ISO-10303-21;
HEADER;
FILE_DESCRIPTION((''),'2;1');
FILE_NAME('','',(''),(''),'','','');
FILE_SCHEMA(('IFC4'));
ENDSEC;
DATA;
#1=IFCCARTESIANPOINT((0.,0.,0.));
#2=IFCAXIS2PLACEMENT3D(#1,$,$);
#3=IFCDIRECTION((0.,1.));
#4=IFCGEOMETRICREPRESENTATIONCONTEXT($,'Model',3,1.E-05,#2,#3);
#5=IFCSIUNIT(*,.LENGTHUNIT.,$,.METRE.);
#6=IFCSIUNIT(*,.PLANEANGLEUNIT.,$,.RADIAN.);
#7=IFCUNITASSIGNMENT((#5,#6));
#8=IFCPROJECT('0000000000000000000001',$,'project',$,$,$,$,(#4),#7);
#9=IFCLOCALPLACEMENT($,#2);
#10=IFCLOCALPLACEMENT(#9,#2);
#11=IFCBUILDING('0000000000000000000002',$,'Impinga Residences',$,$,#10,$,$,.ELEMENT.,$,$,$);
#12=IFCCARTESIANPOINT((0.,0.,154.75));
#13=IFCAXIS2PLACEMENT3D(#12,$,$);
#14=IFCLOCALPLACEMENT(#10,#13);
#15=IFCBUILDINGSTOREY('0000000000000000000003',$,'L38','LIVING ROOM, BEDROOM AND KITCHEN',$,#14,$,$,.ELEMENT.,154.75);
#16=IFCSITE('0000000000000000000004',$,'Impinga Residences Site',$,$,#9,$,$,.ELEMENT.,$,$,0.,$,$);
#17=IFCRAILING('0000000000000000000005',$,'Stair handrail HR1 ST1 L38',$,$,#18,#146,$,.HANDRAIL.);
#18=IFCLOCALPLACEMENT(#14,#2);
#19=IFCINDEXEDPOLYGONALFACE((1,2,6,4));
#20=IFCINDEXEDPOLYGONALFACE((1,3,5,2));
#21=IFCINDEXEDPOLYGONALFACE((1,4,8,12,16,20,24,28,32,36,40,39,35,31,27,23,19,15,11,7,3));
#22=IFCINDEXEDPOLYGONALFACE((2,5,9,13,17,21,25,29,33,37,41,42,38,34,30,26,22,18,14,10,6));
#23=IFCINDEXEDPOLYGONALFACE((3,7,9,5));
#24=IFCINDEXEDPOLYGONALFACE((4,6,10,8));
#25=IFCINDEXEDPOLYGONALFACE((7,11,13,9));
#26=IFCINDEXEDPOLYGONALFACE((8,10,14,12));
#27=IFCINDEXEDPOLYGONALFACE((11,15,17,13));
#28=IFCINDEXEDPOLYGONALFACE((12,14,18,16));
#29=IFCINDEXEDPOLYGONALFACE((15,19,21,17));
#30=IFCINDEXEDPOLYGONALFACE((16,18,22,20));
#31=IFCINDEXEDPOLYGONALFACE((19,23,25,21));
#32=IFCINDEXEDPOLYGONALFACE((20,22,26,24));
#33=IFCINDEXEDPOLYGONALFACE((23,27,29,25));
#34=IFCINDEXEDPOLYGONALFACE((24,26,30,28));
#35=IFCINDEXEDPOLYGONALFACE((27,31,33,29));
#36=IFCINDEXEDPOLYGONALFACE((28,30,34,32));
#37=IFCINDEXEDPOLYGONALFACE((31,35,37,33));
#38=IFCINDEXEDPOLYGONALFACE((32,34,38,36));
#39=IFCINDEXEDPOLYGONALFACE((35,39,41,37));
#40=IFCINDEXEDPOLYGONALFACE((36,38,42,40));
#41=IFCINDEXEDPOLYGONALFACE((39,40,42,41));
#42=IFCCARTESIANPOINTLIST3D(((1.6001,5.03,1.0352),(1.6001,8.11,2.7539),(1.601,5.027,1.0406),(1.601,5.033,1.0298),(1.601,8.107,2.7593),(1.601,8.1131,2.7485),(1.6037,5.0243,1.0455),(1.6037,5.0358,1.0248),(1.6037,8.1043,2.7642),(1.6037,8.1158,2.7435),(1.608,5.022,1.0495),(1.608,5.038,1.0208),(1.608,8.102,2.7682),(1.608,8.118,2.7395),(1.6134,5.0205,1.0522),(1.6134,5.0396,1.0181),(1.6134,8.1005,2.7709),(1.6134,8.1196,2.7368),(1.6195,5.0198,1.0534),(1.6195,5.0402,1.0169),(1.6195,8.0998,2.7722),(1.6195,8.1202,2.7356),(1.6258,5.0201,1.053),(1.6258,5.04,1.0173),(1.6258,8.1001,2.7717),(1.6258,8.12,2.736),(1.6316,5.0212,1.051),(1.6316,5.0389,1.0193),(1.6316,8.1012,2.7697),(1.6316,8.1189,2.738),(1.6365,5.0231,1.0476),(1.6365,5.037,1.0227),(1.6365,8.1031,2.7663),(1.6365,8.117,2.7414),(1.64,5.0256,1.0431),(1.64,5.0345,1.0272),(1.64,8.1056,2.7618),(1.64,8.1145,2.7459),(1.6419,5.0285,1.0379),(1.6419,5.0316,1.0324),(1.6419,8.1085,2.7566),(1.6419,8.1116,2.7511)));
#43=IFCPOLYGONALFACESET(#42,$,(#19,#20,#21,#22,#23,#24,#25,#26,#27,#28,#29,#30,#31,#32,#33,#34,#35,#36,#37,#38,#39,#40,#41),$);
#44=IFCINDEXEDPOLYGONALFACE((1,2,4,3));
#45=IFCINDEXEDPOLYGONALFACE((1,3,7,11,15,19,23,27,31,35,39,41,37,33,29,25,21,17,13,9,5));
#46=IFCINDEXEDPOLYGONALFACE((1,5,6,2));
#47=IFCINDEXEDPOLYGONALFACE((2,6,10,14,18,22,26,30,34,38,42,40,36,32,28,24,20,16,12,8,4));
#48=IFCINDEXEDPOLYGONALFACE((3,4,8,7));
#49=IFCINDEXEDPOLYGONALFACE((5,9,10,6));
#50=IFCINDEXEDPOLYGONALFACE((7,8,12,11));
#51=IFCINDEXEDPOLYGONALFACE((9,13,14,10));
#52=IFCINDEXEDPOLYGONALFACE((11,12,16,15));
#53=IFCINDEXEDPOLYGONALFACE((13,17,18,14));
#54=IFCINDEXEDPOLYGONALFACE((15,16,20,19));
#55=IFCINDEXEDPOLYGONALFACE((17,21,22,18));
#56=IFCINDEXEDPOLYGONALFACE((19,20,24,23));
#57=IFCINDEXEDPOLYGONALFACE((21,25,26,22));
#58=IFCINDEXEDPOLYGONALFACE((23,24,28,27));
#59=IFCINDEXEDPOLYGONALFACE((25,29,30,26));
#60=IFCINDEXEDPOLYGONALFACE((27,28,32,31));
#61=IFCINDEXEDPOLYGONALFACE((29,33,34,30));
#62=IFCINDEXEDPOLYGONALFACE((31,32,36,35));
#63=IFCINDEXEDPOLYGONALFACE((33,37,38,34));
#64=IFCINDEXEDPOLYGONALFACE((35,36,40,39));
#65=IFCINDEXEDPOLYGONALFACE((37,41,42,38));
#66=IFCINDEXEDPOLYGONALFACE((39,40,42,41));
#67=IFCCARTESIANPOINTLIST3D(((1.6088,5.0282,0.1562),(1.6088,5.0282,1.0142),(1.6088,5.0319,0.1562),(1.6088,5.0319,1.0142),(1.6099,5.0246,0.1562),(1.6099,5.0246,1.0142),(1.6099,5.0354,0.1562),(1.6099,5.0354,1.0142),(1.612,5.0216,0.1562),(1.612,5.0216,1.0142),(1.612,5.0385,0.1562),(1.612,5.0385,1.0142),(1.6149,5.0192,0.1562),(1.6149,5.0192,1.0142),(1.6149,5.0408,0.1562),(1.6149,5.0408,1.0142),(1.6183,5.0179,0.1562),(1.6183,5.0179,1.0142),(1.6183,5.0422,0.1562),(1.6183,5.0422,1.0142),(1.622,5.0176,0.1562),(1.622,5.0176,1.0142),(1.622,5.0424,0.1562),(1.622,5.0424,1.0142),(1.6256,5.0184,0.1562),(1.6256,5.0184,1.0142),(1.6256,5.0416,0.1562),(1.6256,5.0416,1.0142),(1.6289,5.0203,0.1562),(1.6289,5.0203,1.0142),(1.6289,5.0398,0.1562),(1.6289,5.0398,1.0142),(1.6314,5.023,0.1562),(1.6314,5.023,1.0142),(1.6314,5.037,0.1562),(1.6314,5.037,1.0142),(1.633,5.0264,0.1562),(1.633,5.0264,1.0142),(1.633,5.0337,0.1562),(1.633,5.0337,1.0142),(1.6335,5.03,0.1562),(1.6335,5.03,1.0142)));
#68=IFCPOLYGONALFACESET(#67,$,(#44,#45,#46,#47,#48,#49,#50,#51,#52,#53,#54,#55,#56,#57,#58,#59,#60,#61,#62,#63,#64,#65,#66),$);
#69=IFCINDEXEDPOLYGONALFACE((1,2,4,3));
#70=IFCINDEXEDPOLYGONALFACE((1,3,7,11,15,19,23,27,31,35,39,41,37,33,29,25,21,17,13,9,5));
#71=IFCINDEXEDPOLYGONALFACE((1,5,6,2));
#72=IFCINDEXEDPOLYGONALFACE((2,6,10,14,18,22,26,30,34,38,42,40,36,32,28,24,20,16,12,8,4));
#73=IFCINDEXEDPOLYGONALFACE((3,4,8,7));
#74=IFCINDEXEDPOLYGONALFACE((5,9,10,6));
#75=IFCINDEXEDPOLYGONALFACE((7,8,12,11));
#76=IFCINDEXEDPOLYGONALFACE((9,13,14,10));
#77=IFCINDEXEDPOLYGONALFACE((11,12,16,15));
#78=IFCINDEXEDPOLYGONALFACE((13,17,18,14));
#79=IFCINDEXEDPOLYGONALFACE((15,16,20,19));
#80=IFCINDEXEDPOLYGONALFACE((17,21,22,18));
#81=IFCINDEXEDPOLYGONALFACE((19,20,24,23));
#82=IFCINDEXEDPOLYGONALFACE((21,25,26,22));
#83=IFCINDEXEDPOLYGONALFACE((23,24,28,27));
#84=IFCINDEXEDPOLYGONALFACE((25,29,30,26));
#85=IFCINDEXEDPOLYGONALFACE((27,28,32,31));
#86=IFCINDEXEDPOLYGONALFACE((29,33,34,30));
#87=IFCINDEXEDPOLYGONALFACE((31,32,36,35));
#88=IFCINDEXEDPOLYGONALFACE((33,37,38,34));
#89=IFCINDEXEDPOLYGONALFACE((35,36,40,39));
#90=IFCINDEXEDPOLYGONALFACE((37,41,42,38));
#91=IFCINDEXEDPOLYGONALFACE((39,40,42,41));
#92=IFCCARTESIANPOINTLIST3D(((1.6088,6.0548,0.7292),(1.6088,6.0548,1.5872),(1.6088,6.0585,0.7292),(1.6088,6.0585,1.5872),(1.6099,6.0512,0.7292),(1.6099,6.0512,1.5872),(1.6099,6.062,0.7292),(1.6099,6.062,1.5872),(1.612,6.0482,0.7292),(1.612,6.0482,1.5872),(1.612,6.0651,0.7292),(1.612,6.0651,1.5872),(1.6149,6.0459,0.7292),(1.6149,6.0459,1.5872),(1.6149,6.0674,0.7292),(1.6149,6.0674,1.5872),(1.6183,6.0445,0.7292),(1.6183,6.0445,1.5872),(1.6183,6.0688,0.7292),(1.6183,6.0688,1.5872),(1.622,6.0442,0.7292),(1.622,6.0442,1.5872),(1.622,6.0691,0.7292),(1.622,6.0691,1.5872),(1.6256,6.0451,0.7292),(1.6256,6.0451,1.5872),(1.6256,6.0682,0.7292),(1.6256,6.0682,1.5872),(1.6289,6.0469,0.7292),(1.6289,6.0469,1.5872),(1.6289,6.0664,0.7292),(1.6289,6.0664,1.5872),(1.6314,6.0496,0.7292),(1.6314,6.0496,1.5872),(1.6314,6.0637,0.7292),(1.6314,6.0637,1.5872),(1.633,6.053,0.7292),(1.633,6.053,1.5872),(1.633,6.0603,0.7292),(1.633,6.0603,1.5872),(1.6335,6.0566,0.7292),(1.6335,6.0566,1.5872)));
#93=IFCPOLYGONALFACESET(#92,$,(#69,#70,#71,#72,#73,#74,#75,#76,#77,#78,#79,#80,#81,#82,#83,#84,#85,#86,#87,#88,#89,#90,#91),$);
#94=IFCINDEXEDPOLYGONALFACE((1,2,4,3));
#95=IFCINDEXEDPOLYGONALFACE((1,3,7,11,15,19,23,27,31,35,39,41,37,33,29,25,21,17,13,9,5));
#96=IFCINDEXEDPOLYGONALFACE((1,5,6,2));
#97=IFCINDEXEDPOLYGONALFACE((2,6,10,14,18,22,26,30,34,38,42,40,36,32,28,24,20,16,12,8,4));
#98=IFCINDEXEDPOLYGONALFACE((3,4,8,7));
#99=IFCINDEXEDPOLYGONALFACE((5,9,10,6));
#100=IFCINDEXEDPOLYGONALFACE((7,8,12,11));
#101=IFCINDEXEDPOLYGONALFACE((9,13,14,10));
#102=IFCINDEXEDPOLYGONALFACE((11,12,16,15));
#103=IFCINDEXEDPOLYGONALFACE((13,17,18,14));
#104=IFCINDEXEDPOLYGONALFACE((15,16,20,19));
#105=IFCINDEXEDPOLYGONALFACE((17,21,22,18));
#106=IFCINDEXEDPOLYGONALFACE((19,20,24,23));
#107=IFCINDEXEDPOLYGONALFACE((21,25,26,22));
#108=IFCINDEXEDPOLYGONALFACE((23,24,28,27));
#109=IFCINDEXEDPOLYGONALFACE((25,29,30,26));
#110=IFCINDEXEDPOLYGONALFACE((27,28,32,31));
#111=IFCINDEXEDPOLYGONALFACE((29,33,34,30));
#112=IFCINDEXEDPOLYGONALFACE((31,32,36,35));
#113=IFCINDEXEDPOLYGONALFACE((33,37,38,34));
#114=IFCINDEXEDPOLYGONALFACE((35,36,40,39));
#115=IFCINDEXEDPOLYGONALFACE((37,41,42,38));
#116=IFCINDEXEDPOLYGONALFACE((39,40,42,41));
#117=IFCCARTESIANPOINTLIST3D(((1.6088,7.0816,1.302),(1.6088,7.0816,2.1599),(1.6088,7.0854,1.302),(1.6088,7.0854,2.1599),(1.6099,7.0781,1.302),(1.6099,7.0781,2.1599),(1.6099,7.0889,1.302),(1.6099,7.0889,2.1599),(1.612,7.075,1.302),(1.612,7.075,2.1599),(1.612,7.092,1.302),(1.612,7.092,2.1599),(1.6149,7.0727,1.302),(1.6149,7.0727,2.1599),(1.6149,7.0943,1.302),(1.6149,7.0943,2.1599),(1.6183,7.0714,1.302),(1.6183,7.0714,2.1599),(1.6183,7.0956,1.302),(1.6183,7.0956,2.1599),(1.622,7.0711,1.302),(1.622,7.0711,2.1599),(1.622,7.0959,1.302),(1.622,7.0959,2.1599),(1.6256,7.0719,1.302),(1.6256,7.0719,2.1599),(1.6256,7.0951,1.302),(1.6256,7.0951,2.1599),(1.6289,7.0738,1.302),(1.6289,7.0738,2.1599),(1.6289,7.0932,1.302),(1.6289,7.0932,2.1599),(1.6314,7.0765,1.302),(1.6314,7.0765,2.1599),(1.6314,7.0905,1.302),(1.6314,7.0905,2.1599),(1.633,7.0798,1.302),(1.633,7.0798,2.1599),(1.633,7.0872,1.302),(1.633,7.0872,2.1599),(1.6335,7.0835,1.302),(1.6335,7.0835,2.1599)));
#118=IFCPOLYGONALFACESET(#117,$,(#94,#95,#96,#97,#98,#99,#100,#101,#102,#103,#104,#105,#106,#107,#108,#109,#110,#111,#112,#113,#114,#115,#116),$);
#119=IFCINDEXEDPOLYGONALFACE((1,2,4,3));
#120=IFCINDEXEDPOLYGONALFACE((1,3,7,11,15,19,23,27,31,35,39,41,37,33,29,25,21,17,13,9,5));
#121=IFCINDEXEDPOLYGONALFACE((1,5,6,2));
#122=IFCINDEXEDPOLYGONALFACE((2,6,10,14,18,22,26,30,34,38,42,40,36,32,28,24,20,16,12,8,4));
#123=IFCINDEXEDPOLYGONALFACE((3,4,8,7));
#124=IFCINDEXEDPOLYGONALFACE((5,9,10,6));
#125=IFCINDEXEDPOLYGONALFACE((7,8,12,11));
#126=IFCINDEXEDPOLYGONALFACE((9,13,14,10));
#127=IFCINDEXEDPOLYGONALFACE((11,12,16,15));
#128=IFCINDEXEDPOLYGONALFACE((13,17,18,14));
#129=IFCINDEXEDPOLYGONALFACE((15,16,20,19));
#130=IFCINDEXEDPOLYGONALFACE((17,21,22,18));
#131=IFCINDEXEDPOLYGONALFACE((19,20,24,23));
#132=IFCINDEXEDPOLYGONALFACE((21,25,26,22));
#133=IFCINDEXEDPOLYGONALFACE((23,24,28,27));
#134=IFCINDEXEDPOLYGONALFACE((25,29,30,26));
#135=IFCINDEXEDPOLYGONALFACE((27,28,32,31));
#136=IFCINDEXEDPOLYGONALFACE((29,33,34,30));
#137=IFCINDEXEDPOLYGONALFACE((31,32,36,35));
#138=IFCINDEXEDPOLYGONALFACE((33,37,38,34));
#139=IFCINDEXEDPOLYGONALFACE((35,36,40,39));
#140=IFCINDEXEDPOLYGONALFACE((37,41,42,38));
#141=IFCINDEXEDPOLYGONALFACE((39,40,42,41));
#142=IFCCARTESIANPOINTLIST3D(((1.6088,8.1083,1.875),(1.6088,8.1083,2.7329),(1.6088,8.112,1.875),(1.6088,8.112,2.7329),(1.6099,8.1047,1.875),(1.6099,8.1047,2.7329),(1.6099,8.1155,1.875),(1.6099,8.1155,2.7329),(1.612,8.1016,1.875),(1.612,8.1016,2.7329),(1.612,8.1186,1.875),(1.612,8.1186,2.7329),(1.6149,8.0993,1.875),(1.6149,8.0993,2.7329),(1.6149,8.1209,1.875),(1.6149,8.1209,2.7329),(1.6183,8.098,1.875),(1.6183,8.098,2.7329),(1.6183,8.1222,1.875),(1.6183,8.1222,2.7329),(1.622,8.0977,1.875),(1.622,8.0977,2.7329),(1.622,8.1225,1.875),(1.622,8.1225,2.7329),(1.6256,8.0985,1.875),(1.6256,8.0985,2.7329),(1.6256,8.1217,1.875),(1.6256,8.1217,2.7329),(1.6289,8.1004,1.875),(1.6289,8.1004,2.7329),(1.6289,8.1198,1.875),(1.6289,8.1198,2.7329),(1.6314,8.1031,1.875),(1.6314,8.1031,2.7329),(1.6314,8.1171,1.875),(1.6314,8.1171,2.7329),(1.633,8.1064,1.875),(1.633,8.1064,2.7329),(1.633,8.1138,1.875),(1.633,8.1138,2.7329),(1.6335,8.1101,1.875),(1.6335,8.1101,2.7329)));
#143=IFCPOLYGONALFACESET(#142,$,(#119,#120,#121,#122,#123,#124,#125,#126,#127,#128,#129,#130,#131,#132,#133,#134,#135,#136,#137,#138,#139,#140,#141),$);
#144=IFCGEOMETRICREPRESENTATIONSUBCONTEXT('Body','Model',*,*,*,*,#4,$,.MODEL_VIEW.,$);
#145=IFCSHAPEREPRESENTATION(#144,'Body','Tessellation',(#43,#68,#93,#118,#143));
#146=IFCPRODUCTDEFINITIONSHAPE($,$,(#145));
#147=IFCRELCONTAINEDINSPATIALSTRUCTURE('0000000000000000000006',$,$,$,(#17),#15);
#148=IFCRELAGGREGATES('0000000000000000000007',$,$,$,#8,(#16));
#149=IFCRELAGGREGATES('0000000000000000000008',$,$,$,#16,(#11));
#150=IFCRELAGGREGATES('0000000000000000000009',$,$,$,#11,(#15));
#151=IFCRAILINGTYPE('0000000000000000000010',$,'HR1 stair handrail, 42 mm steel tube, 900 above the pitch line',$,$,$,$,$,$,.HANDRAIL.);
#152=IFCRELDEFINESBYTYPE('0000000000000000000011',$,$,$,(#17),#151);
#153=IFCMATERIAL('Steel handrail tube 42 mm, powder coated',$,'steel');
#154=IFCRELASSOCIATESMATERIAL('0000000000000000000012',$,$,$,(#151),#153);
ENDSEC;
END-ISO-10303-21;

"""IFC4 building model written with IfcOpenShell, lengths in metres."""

from ifc_helpers import new_model, si_unit, direction, frame, origin, origin_2d, place, context, subcontext, project, spatial, circle, extrude, material, type_object, element, save


model = new_model("IFC4")

# Units and contexts
model_context = context("Model", 3, precision=1e-05, world=origin(), true_north=direction((0.0, 1.0)))
body_context = subcontext(model_context, "Body", "Model", "MODEL_VIEW")
ifc_project = project(units=[si_unit("LENGTHUNIT", "METRE"), si_unit("PLANEANGLEUNIT", "RADIAN")], contexts=[model_context])

# Site, building, storey
site_placement = place(None, origin())
site = spatial("IfcSite", under=ifc_project, at=site_placement, Name="Impinga Residences Site", CompositionType="ELEMENT", RefElevation=0.0)
building_placement = place(site_placement, origin())
building = spatial("IfcBuilding", under=site, at=building_placement, Name="Impinga Residences", CompositionType="ELEMENT")
storey_placement = place(building_placement, frame((0.0, 0.0, 154.75)))
storey = spatial("IfcBuildingStorey", under=building, at=storey_placement, Name="L38", Description="LIVING ROOM, BEDROOM AND KITCHEN", CompositionType="ELEMENT", Elevation=154.75)

# Railing
ifc_material_1 = material(Name="Steel handrail tube 42 mm, powder coated", Category="steel")
railing_type = type_object("IfcRailingType", Name="HR1 stair handrail, 42 mm steel tube, 900 above the pitch line", PredefinedType="HANDRAIL", material=ifc_material_1)
railing_placement = place(storey_placement, frame((1.6211, 5.03, 0.1562)))
element("IfcRailing", 1, at=railing_placement, inside=storey, type_object=railing_type, Name="Stair handrail HR1 ST1 L38", PredefinedType="HANDRAIL", context=body_context, shape_type="SweptSolid", body=[
    extrude(circle(Radius=0.021, at=origin_2d()), frame((0.0, 0.0, 0.8789), z_axis=(0.0, 0.873242, 0.487288), x_axis=(-1.0, 0.0, 0.0)), (0.0, 0.0, 1.0), 3.5271),
    extrude(circle(Radius=0.0125, at=origin_2d()), origin(), (0.0, 0.0, 1.0), 0.8579),
    extrude(circle(Radius=0.0125, at=origin_2d()), frame((0.0, 1.0266, 0.573)), (0.0, 0.0, 1.0), 0.8579),
    extrude(circle(Radius=0.0125, at=origin_2d()), frame((0.0, 2.0535, 1.1458)), (0.0, 0.0, 1.0), 0.8579),
    extrude(circle(Radius=0.0125, at=origin_2d()), frame((0.0, 3.0801, 1.7188)), (0.0, 0.0, 1.0), 0.8579),
])

save(model, "model.ifc")
